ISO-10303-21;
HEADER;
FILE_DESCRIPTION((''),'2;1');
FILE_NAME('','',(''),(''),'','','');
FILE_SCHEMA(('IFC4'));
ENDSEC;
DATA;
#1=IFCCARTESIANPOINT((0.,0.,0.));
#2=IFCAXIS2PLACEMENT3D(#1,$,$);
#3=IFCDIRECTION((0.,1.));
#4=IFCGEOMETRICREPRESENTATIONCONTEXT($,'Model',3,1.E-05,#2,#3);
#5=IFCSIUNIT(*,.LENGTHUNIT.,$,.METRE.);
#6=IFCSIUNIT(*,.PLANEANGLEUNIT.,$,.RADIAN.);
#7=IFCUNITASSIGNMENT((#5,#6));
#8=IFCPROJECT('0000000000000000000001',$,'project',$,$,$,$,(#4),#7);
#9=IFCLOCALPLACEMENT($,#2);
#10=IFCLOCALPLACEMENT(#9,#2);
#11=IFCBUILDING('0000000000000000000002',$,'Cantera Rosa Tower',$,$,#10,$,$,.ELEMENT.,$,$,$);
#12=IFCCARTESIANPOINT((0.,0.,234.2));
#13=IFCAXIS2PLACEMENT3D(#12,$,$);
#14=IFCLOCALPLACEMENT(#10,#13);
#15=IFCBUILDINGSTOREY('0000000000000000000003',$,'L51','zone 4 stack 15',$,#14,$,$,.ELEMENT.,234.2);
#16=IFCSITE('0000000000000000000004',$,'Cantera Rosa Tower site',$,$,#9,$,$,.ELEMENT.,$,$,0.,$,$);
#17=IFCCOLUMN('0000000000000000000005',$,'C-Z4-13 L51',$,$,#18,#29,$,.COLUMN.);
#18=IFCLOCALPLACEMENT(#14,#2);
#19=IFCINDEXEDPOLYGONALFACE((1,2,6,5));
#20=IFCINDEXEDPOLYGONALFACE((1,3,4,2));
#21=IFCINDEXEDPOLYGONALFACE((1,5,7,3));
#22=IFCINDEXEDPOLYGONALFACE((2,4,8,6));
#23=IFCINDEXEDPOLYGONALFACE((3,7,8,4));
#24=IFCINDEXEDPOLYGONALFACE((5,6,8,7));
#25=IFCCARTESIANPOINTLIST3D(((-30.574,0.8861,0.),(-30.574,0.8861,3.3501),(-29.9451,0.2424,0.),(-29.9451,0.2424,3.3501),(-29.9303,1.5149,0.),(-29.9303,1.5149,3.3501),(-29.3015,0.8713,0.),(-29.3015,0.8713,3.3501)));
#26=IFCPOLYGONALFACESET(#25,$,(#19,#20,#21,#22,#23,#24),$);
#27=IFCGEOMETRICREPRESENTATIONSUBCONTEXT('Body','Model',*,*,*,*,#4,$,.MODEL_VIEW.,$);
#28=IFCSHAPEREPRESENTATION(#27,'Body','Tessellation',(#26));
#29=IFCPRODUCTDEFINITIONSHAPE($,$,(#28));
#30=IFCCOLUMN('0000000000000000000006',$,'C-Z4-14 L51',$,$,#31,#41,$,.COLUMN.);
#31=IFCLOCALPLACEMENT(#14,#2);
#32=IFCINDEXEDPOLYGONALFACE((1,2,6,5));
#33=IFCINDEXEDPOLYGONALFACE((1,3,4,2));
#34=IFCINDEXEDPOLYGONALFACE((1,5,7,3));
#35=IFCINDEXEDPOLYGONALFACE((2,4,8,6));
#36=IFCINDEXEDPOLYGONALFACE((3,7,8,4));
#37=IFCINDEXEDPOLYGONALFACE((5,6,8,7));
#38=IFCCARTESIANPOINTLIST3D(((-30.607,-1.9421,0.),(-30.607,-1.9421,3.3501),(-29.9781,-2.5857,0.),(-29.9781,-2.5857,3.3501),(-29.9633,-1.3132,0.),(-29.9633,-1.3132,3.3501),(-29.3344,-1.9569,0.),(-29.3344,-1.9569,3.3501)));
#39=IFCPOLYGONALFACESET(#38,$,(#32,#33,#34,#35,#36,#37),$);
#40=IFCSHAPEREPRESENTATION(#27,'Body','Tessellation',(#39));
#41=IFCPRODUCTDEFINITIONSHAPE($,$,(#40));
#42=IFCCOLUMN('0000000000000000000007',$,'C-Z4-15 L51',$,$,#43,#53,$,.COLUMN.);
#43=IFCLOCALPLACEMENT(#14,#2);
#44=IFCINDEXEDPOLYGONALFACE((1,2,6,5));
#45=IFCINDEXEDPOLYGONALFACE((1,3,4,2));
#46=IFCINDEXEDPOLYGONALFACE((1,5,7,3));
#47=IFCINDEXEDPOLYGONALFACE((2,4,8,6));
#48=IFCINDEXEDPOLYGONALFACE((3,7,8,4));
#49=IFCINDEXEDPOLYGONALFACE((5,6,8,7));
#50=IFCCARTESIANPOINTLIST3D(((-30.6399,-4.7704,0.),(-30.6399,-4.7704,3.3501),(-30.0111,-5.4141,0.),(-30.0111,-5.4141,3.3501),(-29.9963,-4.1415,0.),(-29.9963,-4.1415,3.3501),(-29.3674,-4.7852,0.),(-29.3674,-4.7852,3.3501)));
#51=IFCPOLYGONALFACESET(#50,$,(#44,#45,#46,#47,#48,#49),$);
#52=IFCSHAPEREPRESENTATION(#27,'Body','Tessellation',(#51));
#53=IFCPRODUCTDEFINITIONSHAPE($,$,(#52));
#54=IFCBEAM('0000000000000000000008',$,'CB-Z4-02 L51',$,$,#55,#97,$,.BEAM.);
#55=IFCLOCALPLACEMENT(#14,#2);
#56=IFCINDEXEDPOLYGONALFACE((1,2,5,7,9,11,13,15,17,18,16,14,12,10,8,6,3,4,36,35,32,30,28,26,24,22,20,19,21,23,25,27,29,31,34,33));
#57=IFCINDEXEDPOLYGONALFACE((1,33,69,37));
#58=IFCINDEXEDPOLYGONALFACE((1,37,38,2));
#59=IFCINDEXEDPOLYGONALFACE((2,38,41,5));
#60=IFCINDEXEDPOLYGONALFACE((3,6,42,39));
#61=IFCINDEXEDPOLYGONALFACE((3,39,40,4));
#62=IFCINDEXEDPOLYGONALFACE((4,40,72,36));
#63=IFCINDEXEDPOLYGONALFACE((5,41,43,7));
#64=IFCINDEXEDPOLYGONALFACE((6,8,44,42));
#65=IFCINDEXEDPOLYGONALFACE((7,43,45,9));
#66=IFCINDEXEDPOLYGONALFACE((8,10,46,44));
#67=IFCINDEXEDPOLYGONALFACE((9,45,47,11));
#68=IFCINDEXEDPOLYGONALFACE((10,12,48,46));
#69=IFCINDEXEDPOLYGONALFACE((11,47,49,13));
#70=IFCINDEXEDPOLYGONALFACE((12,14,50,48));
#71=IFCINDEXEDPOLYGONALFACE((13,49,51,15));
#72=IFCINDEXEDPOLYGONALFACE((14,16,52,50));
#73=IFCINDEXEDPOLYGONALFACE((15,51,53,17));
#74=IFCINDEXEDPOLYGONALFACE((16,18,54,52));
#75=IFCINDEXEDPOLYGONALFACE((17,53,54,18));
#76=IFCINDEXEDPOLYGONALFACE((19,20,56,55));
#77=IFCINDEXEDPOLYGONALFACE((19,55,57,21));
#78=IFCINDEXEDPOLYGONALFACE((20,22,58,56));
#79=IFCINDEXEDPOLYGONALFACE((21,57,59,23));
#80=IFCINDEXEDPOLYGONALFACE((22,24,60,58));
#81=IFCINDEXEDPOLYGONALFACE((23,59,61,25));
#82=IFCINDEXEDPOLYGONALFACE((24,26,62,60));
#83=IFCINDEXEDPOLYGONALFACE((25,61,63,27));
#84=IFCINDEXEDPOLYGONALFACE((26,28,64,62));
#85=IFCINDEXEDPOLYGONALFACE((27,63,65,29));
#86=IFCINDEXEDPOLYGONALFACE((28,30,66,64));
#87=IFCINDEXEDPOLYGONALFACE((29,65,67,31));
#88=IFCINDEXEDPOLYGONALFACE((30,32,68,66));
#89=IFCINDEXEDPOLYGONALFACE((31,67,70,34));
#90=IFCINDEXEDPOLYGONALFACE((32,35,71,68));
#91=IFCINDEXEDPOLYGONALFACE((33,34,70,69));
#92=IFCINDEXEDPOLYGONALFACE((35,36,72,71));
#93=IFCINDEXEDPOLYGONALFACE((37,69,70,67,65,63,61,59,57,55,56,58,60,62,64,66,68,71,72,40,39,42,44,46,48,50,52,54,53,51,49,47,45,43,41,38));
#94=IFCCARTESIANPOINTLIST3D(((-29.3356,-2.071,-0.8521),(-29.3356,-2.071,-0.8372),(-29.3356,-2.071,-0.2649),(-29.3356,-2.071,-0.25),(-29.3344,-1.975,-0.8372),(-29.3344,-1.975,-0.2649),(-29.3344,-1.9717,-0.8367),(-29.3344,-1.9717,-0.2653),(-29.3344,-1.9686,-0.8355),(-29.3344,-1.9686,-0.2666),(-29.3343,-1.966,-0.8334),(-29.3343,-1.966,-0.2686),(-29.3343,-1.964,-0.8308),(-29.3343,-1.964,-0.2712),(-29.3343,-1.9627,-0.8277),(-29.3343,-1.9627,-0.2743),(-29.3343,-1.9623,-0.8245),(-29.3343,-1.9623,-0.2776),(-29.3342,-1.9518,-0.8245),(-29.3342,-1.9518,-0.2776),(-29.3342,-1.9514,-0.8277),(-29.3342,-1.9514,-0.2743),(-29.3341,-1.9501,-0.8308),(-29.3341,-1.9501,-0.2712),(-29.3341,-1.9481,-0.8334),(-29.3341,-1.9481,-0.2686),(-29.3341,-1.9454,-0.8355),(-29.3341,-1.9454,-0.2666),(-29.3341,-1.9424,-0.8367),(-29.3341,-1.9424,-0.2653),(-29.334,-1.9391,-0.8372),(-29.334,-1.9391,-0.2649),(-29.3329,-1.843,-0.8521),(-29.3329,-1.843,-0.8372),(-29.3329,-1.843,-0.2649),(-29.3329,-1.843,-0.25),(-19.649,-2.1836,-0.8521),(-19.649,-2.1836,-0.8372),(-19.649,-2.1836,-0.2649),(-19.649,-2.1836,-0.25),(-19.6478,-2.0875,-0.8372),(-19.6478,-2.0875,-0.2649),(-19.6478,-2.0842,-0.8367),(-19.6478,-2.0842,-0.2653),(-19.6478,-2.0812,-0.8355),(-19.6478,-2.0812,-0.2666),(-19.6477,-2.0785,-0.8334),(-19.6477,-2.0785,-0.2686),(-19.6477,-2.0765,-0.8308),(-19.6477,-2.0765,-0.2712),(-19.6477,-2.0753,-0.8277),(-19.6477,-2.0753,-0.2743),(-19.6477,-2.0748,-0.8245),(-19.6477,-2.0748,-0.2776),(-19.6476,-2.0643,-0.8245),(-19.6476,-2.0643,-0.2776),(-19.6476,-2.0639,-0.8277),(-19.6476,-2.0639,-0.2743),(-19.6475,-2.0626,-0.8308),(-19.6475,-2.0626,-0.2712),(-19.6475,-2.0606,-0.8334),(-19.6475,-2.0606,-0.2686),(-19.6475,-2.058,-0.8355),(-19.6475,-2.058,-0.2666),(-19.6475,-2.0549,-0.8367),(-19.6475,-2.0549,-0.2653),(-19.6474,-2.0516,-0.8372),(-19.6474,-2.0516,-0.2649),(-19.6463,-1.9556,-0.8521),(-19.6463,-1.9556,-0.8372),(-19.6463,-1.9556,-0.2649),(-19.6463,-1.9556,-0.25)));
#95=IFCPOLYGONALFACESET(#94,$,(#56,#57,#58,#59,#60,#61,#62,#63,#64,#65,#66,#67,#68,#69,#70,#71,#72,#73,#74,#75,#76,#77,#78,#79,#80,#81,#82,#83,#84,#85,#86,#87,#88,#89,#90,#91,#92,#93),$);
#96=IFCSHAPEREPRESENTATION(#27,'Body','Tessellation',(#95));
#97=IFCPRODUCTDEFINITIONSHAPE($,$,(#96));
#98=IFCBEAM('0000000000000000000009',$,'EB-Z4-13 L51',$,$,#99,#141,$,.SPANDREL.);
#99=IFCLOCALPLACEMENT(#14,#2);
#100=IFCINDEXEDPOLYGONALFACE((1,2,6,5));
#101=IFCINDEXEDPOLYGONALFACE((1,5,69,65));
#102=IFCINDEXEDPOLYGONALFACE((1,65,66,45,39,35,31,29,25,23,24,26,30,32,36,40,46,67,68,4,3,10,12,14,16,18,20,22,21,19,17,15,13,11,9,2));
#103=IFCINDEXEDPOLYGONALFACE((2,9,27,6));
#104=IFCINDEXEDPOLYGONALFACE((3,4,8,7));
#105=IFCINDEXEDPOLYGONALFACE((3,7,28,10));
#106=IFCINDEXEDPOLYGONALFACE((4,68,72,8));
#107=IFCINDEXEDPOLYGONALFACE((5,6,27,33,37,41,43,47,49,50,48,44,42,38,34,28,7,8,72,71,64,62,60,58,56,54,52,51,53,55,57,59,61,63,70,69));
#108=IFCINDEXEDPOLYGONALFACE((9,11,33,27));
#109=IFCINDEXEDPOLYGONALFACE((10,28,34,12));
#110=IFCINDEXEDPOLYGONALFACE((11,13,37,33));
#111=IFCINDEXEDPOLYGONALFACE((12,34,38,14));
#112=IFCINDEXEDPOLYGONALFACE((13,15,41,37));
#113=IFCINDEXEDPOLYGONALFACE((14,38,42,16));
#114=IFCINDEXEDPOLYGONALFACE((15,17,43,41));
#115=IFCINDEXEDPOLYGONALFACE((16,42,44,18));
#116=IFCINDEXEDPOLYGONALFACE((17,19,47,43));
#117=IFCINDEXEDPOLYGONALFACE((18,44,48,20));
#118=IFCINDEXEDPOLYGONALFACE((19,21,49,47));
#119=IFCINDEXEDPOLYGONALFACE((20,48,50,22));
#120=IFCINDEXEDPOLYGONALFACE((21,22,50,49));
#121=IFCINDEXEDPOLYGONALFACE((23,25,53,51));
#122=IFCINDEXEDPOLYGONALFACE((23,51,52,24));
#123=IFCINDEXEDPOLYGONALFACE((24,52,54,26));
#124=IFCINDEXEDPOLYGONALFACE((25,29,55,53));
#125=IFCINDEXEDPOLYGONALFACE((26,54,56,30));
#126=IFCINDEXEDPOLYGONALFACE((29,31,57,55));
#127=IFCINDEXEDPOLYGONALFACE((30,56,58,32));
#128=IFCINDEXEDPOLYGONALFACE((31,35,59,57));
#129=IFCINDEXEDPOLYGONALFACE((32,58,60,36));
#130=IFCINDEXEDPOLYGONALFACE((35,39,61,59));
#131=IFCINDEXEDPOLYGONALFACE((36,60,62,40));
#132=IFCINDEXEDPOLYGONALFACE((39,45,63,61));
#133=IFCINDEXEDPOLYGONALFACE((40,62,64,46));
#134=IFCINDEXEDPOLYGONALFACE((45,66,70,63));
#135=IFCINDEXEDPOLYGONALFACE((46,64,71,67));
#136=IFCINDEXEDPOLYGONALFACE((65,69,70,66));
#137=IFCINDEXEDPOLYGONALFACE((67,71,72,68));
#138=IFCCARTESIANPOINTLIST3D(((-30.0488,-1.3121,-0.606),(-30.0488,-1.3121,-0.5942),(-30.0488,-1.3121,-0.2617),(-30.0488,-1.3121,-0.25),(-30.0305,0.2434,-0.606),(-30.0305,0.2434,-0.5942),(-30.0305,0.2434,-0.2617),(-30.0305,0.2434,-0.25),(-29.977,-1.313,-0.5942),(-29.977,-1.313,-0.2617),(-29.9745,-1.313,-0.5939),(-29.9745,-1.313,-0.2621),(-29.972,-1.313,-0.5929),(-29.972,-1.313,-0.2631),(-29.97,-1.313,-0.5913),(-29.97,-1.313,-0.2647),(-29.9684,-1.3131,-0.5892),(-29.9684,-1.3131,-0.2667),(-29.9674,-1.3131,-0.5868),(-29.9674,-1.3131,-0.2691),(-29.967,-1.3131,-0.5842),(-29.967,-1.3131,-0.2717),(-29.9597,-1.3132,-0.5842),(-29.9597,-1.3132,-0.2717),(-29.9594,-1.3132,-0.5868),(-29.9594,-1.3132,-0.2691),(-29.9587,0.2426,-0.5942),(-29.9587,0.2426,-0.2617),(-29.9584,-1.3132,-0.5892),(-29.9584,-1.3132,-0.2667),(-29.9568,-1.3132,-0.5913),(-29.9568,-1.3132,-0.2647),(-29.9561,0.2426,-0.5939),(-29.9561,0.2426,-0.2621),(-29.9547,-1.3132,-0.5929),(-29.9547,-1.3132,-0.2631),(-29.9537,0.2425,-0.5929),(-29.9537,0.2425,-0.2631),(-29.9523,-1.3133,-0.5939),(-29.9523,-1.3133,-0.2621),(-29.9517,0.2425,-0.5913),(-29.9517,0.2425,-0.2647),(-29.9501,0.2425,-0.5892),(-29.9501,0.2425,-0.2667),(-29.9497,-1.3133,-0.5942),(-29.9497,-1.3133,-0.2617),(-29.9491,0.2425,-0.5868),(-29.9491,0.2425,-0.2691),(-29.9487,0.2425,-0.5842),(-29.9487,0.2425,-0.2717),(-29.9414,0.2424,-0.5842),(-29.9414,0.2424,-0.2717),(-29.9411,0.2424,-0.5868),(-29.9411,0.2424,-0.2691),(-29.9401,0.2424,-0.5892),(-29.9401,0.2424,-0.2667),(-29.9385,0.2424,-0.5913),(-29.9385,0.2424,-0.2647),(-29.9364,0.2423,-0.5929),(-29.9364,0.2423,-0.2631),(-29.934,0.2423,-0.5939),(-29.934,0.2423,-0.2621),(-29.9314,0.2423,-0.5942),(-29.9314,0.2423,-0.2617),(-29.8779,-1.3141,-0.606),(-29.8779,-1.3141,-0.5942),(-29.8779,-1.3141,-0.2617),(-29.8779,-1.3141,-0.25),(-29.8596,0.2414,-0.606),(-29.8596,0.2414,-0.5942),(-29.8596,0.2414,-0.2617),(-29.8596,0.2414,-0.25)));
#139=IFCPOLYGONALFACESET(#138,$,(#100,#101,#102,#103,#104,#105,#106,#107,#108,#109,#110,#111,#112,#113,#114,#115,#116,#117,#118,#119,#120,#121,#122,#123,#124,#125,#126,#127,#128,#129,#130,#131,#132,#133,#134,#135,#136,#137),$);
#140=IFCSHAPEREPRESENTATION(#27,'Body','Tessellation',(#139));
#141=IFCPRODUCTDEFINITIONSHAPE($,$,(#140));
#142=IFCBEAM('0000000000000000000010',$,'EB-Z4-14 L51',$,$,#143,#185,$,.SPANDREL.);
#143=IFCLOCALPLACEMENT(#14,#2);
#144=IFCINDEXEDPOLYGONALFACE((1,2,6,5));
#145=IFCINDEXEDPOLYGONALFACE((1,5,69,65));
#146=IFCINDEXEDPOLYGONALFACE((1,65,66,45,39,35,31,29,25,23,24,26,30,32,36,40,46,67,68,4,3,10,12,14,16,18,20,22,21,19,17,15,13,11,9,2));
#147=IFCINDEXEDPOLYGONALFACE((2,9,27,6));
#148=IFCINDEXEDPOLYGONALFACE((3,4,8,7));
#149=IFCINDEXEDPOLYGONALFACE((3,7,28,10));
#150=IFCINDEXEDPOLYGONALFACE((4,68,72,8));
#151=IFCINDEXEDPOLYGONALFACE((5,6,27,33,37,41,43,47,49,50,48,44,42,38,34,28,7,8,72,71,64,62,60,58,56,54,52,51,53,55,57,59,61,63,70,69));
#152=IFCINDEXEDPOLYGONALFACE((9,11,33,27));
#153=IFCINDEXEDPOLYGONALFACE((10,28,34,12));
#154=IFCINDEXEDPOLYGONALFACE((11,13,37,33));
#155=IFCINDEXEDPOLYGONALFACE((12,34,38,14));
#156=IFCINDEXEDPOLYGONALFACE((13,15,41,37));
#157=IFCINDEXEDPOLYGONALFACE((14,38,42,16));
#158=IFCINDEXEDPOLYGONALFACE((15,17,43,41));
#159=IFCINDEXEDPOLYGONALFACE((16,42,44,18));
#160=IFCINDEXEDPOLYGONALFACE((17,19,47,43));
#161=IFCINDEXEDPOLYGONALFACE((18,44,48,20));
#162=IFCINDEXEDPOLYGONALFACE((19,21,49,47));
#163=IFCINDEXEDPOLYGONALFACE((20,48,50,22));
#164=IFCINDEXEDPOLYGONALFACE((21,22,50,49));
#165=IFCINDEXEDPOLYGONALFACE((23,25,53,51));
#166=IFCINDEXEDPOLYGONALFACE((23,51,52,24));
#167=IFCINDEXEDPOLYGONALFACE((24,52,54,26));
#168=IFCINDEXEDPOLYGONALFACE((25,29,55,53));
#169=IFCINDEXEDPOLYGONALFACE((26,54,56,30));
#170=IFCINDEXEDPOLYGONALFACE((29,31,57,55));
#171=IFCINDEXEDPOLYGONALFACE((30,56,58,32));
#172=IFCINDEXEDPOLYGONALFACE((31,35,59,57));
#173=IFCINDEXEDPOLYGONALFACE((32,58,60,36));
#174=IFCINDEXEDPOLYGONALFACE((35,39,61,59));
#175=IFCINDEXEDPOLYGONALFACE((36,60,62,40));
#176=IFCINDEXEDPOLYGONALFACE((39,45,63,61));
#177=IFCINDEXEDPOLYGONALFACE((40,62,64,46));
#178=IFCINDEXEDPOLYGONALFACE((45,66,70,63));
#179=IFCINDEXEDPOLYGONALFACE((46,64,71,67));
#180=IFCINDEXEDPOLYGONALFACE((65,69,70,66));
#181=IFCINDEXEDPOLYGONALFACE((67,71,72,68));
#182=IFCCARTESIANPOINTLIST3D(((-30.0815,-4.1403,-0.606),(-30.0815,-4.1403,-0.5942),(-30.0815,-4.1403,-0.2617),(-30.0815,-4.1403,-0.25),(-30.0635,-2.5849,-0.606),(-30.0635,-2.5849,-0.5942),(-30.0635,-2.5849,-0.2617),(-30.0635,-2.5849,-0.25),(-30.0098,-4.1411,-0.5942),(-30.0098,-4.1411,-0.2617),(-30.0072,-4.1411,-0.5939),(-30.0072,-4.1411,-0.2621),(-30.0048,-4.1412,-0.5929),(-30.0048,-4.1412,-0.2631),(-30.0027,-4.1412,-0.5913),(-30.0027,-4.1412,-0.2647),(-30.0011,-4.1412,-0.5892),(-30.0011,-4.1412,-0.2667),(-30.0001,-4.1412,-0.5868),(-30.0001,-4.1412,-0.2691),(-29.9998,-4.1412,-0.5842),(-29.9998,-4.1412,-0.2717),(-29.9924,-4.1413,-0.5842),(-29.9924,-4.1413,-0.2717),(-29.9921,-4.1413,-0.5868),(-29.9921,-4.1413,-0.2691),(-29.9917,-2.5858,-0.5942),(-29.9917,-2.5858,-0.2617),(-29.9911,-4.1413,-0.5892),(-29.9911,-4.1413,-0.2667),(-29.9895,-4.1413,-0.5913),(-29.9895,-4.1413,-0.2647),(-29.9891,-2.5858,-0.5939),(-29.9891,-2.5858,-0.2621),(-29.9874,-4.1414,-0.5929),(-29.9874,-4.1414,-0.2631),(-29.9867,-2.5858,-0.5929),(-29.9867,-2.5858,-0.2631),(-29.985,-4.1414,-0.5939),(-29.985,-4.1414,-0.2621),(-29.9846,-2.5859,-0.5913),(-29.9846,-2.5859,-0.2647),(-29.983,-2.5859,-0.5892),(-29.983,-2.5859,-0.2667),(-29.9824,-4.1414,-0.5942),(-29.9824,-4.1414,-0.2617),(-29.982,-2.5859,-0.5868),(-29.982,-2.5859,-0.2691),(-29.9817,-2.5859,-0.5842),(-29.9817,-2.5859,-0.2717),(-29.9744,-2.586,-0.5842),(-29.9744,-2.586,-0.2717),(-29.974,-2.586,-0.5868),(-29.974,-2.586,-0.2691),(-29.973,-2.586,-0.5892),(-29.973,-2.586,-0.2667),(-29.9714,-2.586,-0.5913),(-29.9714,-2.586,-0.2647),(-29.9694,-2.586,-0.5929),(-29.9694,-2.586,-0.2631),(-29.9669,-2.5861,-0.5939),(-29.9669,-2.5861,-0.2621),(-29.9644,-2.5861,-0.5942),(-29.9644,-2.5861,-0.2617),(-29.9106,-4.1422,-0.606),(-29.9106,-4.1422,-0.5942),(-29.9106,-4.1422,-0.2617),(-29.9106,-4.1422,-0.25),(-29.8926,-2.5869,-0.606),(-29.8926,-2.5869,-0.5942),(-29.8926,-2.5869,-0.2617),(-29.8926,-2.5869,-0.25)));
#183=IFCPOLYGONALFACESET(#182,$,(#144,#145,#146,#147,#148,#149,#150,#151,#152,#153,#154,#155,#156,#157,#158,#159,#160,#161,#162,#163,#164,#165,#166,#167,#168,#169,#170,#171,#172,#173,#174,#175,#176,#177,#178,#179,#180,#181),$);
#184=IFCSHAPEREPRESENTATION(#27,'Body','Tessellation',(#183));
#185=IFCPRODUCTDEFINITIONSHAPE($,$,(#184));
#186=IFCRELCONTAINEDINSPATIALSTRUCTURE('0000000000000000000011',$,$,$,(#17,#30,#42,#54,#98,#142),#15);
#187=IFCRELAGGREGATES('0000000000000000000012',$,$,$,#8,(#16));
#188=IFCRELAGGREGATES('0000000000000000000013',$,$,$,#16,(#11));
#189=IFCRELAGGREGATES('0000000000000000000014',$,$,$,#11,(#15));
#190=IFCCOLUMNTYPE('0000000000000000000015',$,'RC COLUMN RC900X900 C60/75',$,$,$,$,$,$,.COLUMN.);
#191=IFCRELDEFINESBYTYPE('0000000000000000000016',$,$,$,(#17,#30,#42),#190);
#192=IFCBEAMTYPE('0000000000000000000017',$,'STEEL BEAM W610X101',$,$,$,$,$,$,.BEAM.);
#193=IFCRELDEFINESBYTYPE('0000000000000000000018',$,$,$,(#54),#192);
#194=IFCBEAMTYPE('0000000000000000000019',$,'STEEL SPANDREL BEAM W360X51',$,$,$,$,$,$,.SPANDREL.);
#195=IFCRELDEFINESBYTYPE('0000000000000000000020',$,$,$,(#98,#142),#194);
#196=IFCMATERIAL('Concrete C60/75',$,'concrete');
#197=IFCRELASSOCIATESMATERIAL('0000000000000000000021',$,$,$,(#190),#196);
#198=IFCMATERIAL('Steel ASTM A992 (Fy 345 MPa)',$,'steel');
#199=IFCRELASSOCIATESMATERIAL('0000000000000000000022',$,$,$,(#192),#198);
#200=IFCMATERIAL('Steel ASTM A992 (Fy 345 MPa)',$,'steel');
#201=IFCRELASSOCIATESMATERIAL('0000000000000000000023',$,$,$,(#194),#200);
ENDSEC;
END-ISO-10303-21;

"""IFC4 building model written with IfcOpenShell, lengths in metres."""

from ifc_helpers import new_model, si_unit, direction, frame, origin, origin_2d, place, context, subcontext, project, spatial, rectangle, i_section, extrude, material, material_profile, profile_set, type_object, element, save


model = new_model("IFC4")

# Units and contexts
model_context = context("Model", 3, precision=1e-05, world=origin(), true_north=direction((0.0, 1.0)))
body_context = subcontext(model_context, "Body", "Model", "MODEL_VIEW")
ifc_project = project(units=[si_unit("LENGTHUNIT", "METRE"), si_unit("PLANEANGLEUNIT", "RADIAN")], contexts=[model_context])

# Site, building, storey
site_placement = place(None, origin())
site = spatial("IfcSite", under=ifc_project, at=site_placement, Name="Cantera Rosa Tower site", CompositionType="ELEMENT", RefElevation=0.0)
building_placement = place(site_placement, origin())
building = spatial("IfcBuilding", under=site, at=building_placement, Name="Cantera Rosa Tower", CompositionType="ELEMENT")
storey_placement = place(building_placement, frame((0.0, 0.0, 234.2)))
storey = spatial("IfcBuildingStorey", under=building, at=storey_placement, Name="L51", Description="zone 4 stack 15", CompositionType="ELEMENT", Elevation=234.2)

# Columns
ifc_material_1 = material(Name="Concrete C60/75", Category="concrete")
ifc_material_profile_1 = material_profile(ifc_material_1, rectangle(XDim=0.8999, YDim=0.8999, at=origin_2d()), Name="RC COLUMN RC900X900 C60/75")
ifc_profile_set_1 = profile_set([ifc_material_profile_1], Name="Concrete C60/75")
column_type = type_object("IfcColumnType", Name="RC COLUMN RC900X900 C60/75", PredefinedType="COLUMN", material=ifc_profile_set_1)
for number, where, z_axis, x_axis, name in (
    (1, (-29.9377, 0.8787, 0.0), (0.0, 0.0, 1.0), (0.715286, 0.698832, 0.0), "C-Z4-13 L51"),
    (2, (-29.9707, -1.9495, 0.0), (0.0, 0.0, 1.0), (0.715286, 0.698832, 0.0), "C-Z4-14 L51"),
    (3, (-30.0037, -4.7778, 0.0), (0.0, 0.0, 1.0), (0.715286, 0.698832, 0.0), "C-Z4-15 L51"),
):
    element("IfcColumn", number, at=place(storey_placement, frame(where, z_axis=z_axis, x_axis=x_axis)), inside=storey, type_object=column_type, Name=name, PredefinedType="COLUMN", context=body_context, shape_type="SweptSolid", body=[
        extrude(rectangle(XDim=0.8999, YDim=0.8999, at=origin_2d()), origin(), (0.0, 0.0, 1.0), 3.3501),
    ])

# Beams
ifc_material_2 = material(Name="Steel ASTM A992 (Fy 345 MPa)", Category="steel")
ifc_material_profile_2 = material_profile(ifc_material_2, i_section(OverallWidth=0.228, OverallDepth=0.6021, WebThickness=0.0105, FlangeThickness=0.0149, FilletRadius=0.0127, at=origin_2d()), Name="W610X101")
ifc_profile_set_2 = profile_set([ifc_material_profile_2], Name="Steel ASTM A992 (Fy 345 MPa)")
beam_type_1 = type_object("IfcBeamType", Name="STEEL BEAM W610X101", PredefinedType="BEAM", material=ifc_profile_set_2)
beam_1_placement = place(storey_placement, frame((-29.3342, -1.957, -0.551), z_axis=(0.999933, -0.011618, 0.0), x_axis=(0.011618, 0.999933, 0.0)))
element("IfcBeam", 4, at=beam_1_placement, inside=storey, type_object=beam_type_1, Name="CB-Z4-02 L51", PredefinedType="BEAM", context=body_context, shape_type="SweptSolid", body=[
    extrude(i_section(OverallWidth=0.228, OverallDepth=0.6021, WebThickness=0.0105, FlangeThickness=0.0149, FilletRadius=0.0127, at=origin_2d()), origin(), (0.0, 0.0, 1.0), 9.6873),
])
ifc_material_3 = material(Name="Steel ASTM A992 (Fy 345 MPa)", Category="steel")
ifc_material_profile_3 = material_profile(ifc_material_3, i_section(OverallWidth=0.1709, OverallDepth=0.356, WebThickness=0.0073, FlangeThickness=0.0117, FilletRadius=0.01, at=origin_2d()), Name="W360X51")
ifc_profile_set_3 = profile_set([ifc_material_profile_3], Name="Steel ASTM A992 (Fy 345 MPa)")
beam_type_2 = type_object("IfcBeamType", Name="STEEL SPANDREL BEAM W360X51", PredefinedType="SPANDREL", material=ifc_profile_set_3)
beam_2_placement = place(storey_placement, frame((-29.9451, 0.2424, -0.428), z_axis=(-0.011769, -0.999931, 0.0), x_axis=(0.999931, -0.011769, 0.0)))
element("IfcBeam", 5, at=beam_2_placement, inside=storey, type_object=beam_type_2, Name="EB-Z4-13 L51", PredefinedType="SPANDREL", context=body_context, shape_type="SweptSolid", body=[
    extrude(i_section(OverallWidth=0.1709, OverallDepth=0.356, WebThickness=0.0073, FlangeThickness=0.0117, FilletRadius=0.01, at=origin_2d()), origin(), (0.0, 0.0, 1.0), 1.5557),
])
beam_3_placement = place(storey_placement, frame((-29.978, -2.5859, -0.428), z_axis=(-0.011614, -0.999933, 0.0), x_axis=(0.999933, -0.011614, 0.0)))
element("IfcBeam", 6, at=beam_3_placement, inside=storey, type_object=beam_type_2, Name="EB-Z4-14 L51", PredefinedType="SPANDREL", context=body_context, shape_type="SweptSolid", body=[
    extrude(i_section(OverallWidth=0.1709, OverallDepth=0.356, WebThickness=0.0073, FlangeThickness=0.0117, FilletRadius=0.01, at=origin_2d()), origin(), (0.0, 0.0, 1.0), 1.5554),
])

save(model, "model.ifc")
